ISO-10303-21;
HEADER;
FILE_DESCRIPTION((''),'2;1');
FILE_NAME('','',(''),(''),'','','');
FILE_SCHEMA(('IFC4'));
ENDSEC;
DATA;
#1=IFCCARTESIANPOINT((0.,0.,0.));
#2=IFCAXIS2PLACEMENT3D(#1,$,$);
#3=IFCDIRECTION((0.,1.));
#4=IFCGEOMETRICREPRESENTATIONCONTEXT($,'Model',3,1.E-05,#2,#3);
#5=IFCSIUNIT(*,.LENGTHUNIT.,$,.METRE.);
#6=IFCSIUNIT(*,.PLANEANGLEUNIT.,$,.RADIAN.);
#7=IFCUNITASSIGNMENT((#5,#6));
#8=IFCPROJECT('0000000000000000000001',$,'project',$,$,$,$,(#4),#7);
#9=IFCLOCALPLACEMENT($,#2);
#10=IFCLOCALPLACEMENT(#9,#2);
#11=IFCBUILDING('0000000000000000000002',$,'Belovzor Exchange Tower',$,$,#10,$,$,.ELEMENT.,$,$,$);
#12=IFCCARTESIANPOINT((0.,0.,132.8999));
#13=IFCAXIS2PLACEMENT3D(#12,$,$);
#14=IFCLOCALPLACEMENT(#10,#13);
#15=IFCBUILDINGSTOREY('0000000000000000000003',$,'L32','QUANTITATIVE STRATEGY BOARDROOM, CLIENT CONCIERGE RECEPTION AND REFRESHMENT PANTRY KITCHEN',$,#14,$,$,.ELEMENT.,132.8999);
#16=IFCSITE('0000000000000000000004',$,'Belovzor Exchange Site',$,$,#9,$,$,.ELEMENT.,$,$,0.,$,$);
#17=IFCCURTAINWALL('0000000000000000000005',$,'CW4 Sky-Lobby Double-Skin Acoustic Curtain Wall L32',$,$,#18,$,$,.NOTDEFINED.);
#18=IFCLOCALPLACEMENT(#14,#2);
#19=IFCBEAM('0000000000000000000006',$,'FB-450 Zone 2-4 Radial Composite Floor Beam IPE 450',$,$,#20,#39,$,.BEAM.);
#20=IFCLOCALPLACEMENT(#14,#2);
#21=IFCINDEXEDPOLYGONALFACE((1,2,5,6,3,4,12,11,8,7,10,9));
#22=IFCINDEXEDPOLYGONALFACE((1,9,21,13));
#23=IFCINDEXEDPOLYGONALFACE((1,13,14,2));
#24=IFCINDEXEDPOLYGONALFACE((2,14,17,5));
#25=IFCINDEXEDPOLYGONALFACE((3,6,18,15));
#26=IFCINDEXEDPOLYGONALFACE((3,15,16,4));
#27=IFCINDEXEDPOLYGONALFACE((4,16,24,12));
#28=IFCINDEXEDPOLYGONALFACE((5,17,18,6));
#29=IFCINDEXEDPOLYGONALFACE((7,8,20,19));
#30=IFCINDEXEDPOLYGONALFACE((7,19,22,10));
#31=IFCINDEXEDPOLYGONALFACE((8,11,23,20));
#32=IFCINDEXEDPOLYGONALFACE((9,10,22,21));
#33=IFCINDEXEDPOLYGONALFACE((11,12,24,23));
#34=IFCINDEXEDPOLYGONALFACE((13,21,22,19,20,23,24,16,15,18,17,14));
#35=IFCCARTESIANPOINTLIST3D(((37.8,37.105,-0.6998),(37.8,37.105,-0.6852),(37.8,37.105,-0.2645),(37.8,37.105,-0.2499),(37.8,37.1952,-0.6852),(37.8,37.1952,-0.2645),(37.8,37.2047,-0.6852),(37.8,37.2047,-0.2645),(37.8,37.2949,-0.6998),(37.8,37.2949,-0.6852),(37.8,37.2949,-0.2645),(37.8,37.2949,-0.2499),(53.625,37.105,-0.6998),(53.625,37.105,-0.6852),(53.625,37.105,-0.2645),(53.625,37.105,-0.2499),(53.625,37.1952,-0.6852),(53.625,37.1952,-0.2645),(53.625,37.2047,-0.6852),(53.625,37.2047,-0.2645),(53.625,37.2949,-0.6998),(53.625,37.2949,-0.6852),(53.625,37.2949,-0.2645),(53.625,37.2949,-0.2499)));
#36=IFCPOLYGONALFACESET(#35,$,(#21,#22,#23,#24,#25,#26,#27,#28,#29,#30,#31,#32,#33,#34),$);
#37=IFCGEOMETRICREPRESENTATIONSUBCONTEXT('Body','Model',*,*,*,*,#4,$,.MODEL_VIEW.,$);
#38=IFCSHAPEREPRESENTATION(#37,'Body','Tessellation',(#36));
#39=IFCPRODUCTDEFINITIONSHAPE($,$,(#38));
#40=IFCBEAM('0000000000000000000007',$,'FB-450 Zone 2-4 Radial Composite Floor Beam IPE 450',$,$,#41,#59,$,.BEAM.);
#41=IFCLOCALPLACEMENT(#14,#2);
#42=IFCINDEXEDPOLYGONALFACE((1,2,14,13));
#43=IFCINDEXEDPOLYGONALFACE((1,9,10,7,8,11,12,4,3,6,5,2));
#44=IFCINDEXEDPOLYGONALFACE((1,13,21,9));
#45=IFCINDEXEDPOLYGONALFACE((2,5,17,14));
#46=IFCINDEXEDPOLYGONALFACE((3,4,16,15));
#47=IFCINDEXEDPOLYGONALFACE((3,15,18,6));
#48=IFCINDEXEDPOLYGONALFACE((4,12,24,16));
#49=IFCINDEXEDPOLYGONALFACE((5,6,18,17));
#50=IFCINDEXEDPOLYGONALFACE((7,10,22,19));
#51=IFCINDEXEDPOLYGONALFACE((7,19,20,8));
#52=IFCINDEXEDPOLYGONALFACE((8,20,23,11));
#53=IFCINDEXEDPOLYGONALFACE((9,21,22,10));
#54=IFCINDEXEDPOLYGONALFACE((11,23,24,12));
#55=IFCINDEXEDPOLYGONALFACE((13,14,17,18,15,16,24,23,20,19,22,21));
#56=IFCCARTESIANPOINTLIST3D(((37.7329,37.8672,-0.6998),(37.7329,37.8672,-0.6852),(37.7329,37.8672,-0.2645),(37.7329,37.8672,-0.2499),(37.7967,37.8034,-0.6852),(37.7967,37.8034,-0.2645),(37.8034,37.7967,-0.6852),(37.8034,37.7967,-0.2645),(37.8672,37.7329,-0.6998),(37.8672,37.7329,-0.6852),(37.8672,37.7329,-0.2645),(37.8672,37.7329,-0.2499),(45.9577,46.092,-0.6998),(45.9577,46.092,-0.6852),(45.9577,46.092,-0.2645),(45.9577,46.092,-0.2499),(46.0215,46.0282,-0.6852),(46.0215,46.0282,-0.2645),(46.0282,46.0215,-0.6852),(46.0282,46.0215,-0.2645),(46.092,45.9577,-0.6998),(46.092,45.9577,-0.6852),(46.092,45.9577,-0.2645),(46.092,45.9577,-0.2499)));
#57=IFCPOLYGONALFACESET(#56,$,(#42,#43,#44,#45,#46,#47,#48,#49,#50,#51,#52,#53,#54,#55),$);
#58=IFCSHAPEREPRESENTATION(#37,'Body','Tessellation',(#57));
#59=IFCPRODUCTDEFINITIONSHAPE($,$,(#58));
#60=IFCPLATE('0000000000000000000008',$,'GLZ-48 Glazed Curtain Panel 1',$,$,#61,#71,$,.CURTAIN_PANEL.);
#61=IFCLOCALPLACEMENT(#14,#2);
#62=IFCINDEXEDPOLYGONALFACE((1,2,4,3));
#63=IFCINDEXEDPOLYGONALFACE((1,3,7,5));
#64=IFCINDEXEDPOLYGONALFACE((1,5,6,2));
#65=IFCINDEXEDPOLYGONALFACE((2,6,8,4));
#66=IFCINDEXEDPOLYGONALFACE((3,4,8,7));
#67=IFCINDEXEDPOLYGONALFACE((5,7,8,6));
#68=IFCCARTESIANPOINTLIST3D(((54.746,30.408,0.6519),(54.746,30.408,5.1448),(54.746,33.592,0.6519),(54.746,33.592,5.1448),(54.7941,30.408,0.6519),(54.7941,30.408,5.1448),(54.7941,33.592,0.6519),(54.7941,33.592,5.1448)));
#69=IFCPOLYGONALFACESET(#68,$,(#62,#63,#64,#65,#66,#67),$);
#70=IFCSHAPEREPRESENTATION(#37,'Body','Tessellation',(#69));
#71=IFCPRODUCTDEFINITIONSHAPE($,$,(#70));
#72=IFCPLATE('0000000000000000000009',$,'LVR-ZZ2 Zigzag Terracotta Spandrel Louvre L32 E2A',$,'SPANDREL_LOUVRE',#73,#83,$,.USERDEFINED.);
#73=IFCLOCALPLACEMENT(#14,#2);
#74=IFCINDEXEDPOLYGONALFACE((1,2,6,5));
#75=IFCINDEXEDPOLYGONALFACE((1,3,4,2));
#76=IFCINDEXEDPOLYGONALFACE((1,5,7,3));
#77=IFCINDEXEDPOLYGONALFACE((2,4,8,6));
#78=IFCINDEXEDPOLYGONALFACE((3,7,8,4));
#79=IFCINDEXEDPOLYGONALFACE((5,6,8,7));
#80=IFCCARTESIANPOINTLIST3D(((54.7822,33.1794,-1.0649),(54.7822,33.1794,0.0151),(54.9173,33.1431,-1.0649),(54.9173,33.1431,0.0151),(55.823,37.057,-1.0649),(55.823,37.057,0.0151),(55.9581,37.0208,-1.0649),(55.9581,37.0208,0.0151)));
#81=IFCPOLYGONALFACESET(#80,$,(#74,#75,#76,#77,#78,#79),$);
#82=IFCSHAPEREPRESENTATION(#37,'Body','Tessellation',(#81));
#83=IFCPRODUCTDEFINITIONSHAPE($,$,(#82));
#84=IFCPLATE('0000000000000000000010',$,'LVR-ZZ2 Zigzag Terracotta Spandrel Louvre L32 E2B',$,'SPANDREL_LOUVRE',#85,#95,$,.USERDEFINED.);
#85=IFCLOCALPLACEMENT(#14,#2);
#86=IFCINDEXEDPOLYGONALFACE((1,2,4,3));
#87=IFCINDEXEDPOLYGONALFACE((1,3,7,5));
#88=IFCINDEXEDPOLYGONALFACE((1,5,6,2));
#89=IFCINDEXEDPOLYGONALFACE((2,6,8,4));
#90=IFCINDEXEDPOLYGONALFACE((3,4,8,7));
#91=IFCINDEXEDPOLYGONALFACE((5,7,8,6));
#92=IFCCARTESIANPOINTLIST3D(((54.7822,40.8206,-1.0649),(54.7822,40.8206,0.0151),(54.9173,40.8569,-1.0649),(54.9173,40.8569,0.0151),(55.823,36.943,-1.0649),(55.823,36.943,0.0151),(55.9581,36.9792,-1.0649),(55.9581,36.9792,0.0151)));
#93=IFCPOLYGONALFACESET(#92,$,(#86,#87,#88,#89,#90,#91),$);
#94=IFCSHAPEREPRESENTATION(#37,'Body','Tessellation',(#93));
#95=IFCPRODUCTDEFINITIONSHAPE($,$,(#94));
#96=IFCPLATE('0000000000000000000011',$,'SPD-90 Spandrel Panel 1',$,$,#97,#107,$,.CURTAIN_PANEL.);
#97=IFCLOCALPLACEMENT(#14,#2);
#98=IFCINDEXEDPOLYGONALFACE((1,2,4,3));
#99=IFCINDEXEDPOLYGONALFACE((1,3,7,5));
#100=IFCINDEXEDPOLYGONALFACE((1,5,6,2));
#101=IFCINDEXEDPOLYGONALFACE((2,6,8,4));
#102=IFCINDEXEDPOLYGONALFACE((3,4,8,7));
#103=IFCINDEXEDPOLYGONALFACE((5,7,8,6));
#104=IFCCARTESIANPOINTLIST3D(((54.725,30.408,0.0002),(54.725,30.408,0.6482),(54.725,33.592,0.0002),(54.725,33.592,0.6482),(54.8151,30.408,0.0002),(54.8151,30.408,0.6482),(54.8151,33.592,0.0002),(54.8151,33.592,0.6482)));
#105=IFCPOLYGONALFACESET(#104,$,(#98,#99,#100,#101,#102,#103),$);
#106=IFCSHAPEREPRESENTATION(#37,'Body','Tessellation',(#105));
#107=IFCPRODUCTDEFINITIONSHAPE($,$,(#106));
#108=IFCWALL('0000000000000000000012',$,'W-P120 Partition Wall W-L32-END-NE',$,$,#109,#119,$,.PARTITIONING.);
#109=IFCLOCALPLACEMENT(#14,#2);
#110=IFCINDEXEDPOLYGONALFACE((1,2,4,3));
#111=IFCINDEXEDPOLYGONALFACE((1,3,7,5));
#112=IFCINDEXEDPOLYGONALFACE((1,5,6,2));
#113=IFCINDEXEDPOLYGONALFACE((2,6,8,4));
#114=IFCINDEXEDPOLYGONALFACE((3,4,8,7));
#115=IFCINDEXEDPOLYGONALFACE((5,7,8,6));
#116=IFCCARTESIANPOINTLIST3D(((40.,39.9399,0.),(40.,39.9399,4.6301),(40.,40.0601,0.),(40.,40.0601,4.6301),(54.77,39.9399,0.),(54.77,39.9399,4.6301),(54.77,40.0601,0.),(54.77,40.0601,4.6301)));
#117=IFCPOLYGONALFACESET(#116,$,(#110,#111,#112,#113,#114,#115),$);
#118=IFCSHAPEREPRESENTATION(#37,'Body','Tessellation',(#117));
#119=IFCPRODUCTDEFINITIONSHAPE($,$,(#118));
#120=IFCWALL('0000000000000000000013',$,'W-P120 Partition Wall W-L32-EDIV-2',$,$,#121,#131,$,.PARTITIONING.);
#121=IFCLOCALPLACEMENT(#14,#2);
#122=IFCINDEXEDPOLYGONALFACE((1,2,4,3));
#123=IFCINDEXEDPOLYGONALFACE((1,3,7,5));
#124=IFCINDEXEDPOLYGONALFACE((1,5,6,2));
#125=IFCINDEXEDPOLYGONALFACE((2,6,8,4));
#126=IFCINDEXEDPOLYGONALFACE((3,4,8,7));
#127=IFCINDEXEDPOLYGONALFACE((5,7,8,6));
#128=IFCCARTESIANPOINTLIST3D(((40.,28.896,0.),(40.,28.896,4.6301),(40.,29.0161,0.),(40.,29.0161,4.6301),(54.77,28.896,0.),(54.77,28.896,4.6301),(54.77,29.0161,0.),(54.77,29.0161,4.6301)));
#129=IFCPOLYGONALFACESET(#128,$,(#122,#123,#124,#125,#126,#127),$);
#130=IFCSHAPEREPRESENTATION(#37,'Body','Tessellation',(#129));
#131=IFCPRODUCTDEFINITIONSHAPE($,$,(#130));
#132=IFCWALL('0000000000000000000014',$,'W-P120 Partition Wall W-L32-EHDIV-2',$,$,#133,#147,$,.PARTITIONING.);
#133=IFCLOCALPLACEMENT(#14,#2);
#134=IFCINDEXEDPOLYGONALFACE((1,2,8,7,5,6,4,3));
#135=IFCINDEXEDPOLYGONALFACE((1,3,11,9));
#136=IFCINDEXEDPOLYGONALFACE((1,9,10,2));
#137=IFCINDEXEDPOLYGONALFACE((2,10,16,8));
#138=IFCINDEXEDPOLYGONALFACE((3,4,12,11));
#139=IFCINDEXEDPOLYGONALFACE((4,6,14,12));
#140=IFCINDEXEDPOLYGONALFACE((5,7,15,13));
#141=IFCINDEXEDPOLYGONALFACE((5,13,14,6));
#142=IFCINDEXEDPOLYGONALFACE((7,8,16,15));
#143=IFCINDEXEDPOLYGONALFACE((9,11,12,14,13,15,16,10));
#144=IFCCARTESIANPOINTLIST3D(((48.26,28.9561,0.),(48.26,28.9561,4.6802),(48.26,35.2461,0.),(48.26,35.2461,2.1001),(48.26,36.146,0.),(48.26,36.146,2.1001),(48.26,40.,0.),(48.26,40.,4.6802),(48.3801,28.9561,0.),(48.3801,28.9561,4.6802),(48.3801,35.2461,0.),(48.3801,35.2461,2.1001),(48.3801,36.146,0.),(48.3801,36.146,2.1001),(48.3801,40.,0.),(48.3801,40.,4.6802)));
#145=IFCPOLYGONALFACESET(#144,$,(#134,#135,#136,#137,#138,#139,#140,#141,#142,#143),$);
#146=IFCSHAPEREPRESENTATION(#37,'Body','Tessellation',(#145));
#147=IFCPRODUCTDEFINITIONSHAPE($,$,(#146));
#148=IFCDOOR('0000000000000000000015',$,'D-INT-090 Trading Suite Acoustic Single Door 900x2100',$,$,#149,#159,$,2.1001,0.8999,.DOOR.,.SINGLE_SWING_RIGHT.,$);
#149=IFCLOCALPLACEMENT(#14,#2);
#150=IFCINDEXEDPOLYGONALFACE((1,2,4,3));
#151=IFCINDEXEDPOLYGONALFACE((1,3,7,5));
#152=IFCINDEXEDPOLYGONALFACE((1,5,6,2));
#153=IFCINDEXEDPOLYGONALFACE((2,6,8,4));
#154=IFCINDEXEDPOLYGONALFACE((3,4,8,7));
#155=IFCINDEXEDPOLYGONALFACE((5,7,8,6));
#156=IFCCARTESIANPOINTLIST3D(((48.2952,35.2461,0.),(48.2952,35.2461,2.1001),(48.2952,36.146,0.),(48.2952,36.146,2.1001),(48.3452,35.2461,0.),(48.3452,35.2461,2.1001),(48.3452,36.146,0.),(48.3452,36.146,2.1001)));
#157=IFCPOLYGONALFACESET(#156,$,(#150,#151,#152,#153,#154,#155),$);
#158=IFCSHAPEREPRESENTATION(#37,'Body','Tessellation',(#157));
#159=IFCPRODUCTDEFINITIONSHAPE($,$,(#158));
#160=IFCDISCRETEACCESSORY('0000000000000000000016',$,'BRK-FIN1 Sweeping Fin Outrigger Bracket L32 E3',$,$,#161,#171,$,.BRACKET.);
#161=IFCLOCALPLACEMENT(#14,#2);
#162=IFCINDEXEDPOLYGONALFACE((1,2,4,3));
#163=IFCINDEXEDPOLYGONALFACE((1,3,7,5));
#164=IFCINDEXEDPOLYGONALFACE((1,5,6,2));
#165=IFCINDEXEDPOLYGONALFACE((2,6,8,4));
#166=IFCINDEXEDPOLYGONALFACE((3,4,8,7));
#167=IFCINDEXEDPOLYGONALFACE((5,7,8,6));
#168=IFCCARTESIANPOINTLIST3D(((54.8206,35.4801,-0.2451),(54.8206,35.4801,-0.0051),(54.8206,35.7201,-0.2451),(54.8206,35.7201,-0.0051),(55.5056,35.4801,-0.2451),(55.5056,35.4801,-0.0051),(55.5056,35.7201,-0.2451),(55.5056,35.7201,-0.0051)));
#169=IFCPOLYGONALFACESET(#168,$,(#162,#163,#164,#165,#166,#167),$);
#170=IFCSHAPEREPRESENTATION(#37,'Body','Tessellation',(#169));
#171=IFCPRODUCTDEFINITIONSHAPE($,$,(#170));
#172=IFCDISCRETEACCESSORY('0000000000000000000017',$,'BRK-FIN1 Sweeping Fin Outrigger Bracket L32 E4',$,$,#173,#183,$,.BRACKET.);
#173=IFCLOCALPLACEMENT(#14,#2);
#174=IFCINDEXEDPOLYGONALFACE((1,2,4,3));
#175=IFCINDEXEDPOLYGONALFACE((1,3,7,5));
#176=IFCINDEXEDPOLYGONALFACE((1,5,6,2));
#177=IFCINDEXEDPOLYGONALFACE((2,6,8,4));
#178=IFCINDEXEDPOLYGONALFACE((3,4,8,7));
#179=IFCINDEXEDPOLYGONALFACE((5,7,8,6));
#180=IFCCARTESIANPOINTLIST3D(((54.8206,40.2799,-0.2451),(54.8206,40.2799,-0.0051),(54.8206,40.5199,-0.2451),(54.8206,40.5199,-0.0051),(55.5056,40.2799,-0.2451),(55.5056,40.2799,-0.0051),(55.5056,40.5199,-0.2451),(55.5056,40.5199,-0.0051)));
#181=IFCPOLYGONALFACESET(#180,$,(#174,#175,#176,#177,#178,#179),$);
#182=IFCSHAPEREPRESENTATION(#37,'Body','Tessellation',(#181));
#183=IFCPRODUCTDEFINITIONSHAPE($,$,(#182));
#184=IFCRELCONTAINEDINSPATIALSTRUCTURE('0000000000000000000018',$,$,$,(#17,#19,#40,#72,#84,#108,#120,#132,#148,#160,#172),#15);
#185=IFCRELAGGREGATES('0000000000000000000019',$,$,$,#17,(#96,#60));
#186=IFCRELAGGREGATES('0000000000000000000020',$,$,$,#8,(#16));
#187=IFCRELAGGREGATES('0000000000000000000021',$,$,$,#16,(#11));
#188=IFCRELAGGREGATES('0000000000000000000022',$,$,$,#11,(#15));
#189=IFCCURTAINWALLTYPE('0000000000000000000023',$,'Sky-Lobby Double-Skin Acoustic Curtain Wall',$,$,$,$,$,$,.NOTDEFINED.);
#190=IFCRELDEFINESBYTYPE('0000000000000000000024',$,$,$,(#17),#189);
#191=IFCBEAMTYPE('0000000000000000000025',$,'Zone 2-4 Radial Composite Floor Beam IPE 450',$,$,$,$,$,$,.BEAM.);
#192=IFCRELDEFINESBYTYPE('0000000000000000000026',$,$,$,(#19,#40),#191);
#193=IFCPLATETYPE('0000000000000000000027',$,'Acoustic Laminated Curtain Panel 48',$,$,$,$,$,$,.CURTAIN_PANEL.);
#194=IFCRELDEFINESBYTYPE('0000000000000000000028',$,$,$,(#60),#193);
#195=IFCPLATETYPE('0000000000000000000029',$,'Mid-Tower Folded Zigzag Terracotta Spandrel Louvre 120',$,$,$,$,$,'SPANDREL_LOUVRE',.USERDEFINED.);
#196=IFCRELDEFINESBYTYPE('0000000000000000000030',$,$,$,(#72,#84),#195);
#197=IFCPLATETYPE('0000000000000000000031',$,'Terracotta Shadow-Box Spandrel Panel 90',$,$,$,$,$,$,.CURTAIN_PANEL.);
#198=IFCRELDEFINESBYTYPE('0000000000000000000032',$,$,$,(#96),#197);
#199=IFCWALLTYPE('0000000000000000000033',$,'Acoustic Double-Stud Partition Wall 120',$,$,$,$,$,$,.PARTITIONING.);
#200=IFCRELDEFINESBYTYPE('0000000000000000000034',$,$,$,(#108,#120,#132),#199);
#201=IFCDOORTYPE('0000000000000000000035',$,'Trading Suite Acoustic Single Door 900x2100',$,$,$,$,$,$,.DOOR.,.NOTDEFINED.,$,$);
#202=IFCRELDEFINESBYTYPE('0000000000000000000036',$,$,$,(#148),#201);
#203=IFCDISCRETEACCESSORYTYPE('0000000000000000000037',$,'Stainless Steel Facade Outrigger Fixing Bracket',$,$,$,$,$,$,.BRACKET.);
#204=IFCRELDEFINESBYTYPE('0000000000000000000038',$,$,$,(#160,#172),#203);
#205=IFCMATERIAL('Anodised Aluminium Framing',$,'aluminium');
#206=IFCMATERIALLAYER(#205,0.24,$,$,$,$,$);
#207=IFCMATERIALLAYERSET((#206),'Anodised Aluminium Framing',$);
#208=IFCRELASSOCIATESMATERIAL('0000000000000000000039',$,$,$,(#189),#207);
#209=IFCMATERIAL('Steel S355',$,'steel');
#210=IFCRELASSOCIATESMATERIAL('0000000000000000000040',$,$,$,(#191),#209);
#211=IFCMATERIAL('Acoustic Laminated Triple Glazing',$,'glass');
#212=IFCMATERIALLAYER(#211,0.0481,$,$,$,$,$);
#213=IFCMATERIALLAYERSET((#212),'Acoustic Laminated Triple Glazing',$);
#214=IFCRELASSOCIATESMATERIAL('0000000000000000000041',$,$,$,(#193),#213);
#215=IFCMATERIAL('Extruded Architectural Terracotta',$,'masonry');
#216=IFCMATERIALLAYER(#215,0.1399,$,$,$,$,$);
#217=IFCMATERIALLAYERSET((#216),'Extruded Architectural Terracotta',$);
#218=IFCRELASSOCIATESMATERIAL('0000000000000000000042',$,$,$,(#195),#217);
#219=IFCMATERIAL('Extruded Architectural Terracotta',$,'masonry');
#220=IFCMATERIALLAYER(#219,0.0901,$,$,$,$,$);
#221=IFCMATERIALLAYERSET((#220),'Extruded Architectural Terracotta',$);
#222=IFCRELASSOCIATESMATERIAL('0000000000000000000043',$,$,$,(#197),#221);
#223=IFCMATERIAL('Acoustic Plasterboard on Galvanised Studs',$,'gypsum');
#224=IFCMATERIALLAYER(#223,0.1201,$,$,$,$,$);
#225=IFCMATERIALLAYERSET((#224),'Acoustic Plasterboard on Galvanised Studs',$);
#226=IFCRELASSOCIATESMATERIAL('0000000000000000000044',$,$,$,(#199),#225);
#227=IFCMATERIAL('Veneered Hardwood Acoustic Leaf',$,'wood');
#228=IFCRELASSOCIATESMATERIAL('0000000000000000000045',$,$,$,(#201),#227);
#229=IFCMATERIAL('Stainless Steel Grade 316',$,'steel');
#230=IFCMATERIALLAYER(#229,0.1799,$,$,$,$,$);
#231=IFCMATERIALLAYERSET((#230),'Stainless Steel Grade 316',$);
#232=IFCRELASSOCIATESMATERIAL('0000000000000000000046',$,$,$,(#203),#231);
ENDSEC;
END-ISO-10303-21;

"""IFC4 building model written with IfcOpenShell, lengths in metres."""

from ifc_helpers import new_model, si_unit, direction, frame, frame_2d, origin, origin_2d, place, context, subcontext, project, spatial, rectangle, i_section, extrude, material, layer, layer_set, material_profile, profile_set, type_object, element, fill, aggregate, save


model = new_model("IFC4")

# Units and contexts
model_context = context("Model", 3, precision=1e-05, world=origin(), true_north=direction((0.0, 1.0)))
body_context = subcontext(model_context, "Body", "Model", "MODEL_VIEW")
ifc_project = project(units=[si_unit("LENGTHUNIT", "METRE"), si_unit("PLANEANGLEUNIT", "RADIAN")], contexts=[model_context])

# Site, building, storey
site_placement = place(None, origin())
site = spatial("IfcSite", under=ifc_project, at=site_placement, Name="Belovzor Exchange Site", CompositionType="ELEMENT", RefElevation=0.0)
building_placement = place(site_placement, origin())
building = spatial("IfcBuilding", under=site, at=building_placement, Name="Belovzor Exchange Tower", CompositionType="ELEMENT")
storey_placement = place(building_placement, frame((0.0, 0.0, 132.8999)))
storey = spatial("IfcBuildingStorey", under=building, at=storey_placement, Name="L32", Description="QUANTITATIVE STRATEGY BOARDROOM, CLIENT CONCIERGE RECEPTION AND REFRESHMENT PANTRY KITCHEN", CompositionType="ELEMENT", Elevation=132.8999)

# Curtain wall
ifc_material_1 = material(Name="Anodised Aluminium Framing", Category="aluminium")
ifc_layer_1 = layer(ifc_material_1, 0.24)
ifc_layer_set_1 = layer_set([ifc_layer_1], Name="Anodised Aluminium Framing")
curtain_wall_type = type_object("IfcCurtainWallType", Name="Sky-Lobby Double-Skin Acoustic Curtain Wall", PredefinedType="NOTDEFINED", material=ifc_layer_set_1)
curtain_wall_placement = place(storey_placement, origin())
curtain_wall = element("IfcCurtainWall", 1, at=curtain_wall_placement, inside=storey, type_object=curtain_wall_type, Name="CW4 Sky-Lobby Double-Skin Acoustic Curtain Wall L32", PredefinedType="NOTDEFINED")

# Beams
ifc_material_2 = material(Name="Steel S355", Category="steel")
ifc_material_profile_1 = material_profile(ifc_material_2, i_section(OverallWidth=0.1899, OverallDepth=0.45, WebThickness=0.0095, FlangeThickness=0.0146, at=origin_2d()))
ifc_profile_set_1 = profile_set([ifc_material_profile_1], Name="Steel S355")
beam_type_1 = type_object("IfcBeamType", Name="Zone 2-4 Radial Composite Floor Beam IPE 450", PredefinedType="BEAM", material=ifc_profile_set_1)
beam_1_placement = place(storey_placement, frame((37.8, 37.2, -0.4749), z_axis=(1.0, 0.0, 0.0), x_axis=(0.0, 1.0, 0.0)))
element("IfcBeam", 2, at=beam_1_placement, inside=storey, type_object=beam_type_1, Name="FB-450 Zone 2-4 Radial Composite Floor Beam IPE 450", PredefinedType="BEAM", context=body_context, shape_type="SweptSolid", body=[
    extrude(i_section(OverallWidth=0.1899, OverallDepth=0.45, WebThickness=0.0095, FlangeThickness=0.0146, at=origin_2d()), origin(), (0.0, 0.0, 1.0), 15.825),
])
beam_2_placement = place(storey_placement, frame((37.8, 37.8, -0.4749), z_axis=(0.707107, 0.707107, 0.0), x_axis=(-0.707107, 0.707107, 0.0)))
element("IfcBeam", 3, at=beam_2_placement, inside=storey, type_object=beam_type_1, Name="FB-450 Zone 2-4 Radial Composite Floor Beam IPE 450", PredefinedType="BEAM", context=body_context, shape_type="SweptSolid", body=[
    extrude(i_section(OverallWidth=0.1899, OverallDepth=0.45, WebThickness=0.0095, FlangeThickness=0.0146, at=origin_2d()), origin(), (0.0, 0.0, 1.0), 11.6316),
])

# Plate
ifc_material_3 = material(Name="Acoustic Laminated Triple Glazing", Category="glass")
ifc_layer_2 = layer(ifc_material_3, 0.0481)
ifc_layer_set_2 = layer_set([ifc_layer_2], Name="Acoustic Laminated Triple Glazing")
plate_type_1 = type_object("IfcPlateType", Name="Acoustic Laminated Curtain Panel 48", PredefinedType="CURTAIN_PANEL", material=ifc_layer_set_2)
plate_1_placement = place(storey_placement, frame((54.77, 32.0, 0.6519), z_axis=(0.0, 0.0, 1.0), x_axis=(0.0, -1.0, 0.0)))
plate_1 = element("IfcPlate", 4, at=plate_1_placement, type_object=plate_type_1, Name="GLZ-48 Glazed Curtain Panel 1", PredefinedType="CURTAIN_PANEL", context=body_context, shape_type="SweptSolid", body=[
    extrude(rectangle(XDim=3.1841, YDim=0.0481, at=origin_2d()), origin(), (0.0, 0.0, 1.0), 4.4929),
])

# Plates
ifc_material_4 = material(Name="Extruded Architectural Terracotta", Category="masonry")
ifc_layer_3 = layer(ifc_material_4, 0.1399)
ifc_layer_set_3 = layer_set([ifc_layer_3], Name="Extruded Architectural Terracotta")
plate_type_2 = type_object("IfcPlateType", Name="Mid-Tower Folded Zigzag Terracotta Spandrel Louvre 120", ElementType="SPANDREL_LOUVRE", PredefinedType="USERDEFINED", material=ifc_layer_set_3)
for number, where, z_axis, x_axis, name in (
    (5, (55.3701, 35.1001, -1.0649), (0.0, 0.0, 1.0), (0.25924, 0.965813, 0.0), "LVR-ZZ2 Zigzag Terracotta Spandrel Louvre L32 E2A"),
    (6, (55.3701, 38.8999, -1.0649), (0.0, 0.0, 1.0), (-0.25924, 0.965813, 0.0), "LVR-ZZ2 Zigzag Terracotta Spandrel Louvre L32 E2B"),
):
    element("IfcPlate", number, at=place(storey_placement, frame(where, z_axis=z_axis, x_axis=x_axis)), inside=storey, type_object=plate_type_2, Name=name, ObjectType="SPANDREL_LOUVRE", PredefinedType="USERDEFINED", context=body_context, shape_type="SweptSolid", body=[
        extrude(rectangle(XDim=4.0149, YDim=0.1399, at=origin_2d()), origin(), (0.0, 0.0, 1.0), 1.0801),
    ])

# Plate
ifc_material_5 = material(Name="Extruded Architectural Terracotta", Category="masonry")
ifc_layer_4 = layer(ifc_material_5, 0.0901)
ifc_layer_set_4 = layer_set([ifc_layer_4], Name="Extruded Architectural Terracotta")
plate_type_3 = type_object("IfcPlateType", Name="Terracotta Shadow-Box Spandrel Panel 90", PredefinedType="CURTAIN_PANEL", material=ifc_layer_set_4)
plate_2_placement = place(storey_placement, frame((54.77, 32.0, 0.0002), z_axis=(0.0, 0.0, 1.0), x_axis=(0.0, -1.0, 0.0)))
plate_2 = element("IfcPlate", 7, at=plate_2_placement, type_object=plate_type_3, Name="SPD-90 Spandrel Panel 1", PredefinedType="CURTAIN_PANEL", context=body_context, shape_type="SweptSolid", body=[
    extrude(rectangle(XDim=3.1841, YDim=0.0901, at=origin_2d()), origin(), (0.0, 0.0, 1.0), 0.6479),
])
aggregate(curtain_wall, [plate_2, plate_1])

# Walls
ifc_material_6 = material(Name="Acoustic Plasterboard on Galvanised Studs", Category="gypsum")
ifc_layer_5 = layer(ifc_material_6, 0.1201)
ifc_layer_set_5 = layer_set([ifc_layer_5], Name="Acoustic Plasterboard on Galvanised Studs")
wall_type = type_object("IfcWallType", Name="Acoustic Double-Stud Partition Wall 120", PredefinedType="PARTITIONING", material=ifc_layer_set_5)
for number, where, z_axis, x_axis, name in (
    (8, (40.0, 40.0, 0.0), (0.0, 0.0, 1.0), (1.0, 0.0, 0.0), "W-P120 Partition Wall W-L32-END-NE"),
    (9, (40.0, 28.9561, 0.0), (0.0, 0.0, 1.0), (1.0, 0.0, 0.0), "W-P120 Partition Wall W-L32-EDIV-2"),
):
    element("IfcWall", number, at=place(storey_placement, frame(where, z_axis=z_axis, x_axis=x_axis)), inside=storey, type_object=wall_type, Name=name, PredefinedType="PARTITIONING", context=body_context, shape_type="SweptSolid", body=[
        extrude(rectangle(XDim=14.77, YDim=0.1201, at=frame_2d((7.385, 0.0))), origin(), (0.0, 0.0, 1.0), 4.6301),
    ])

# Wall, opening, door
wall_placement = place(storey_placement, frame((48.3201, 28.9561, 0.0), z_axis=(0.0, 0.0, 1.0), x_axis=(0.0, 1.0, 0.0)))
wall = element("IfcWall", 10, at=wall_placement, inside=storey, type_object=wall_type, Name="W-P120 Partition Wall W-L32-EHDIV-2", PredefinedType="PARTITIONING", context=body_context, shape_type="SweptSolid", body=[
    extrude(rectangle(XDim=11.0439, YDim=0.1201, at=frame_2d((5.522, 0.0))), origin(), (0.0, 0.0, 1.0), 4.6802),
])
opening_placement = place(wall_placement, frame((6.29, 0.0, 0.0)))
opening = element("IfcOpeningElement", 11, at=opening_placement, cuts=wall, PredefinedType="OPENING", context=body_context, shape_type="SweptSolid", body=[
    extrude(rectangle(XDim=0.8999, YDim=2.1001, at=frame_2d((0.45, 1.05))), frame((0.0, 0.0701, 0.0), z_axis=(0.0, -1.0, 0.0), x_axis=(1.0, 0.0, 0.0)), (0.0, 0.0, 1.0), 0.1401),
])
ifc_material_7 = material(Name="Veneered Hardwood Acoustic Leaf", Category="wood")
door_type = type_object("IfcDoorType", Name="Trading Suite Acoustic Single Door 900x2100", OperationType="NOTDEFINED", PredefinedType="DOOR", material=ifc_material_7)
door_placement = place(opening_placement, origin())
door = element("IfcDoor", 12, at=door_placement, inside=storey, type_object=door_type, Name="D-INT-090 Trading Suite Acoustic Single Door 900x2100", OperationType="SINGLE_SWING_RIGHT", OverallHeight=2.1001, OverallWidth=0.8999, PredefinedType="DOOR", context=body_context, shape_type="SweptSolid", body=[
    extrude(rectangle(XDim=0.8999, YDim=2.1001, at=frame_2d((0.45, 1.05))), frame((0.0, 0.0249, 0.0), z_axis=(0.0, -1.0, 0.0), x_axis=(1.0, 0.0, 0.0)), (0.0, 0.0, 1.0), 0.05),
])
fill(opening, door)

# Discrete accessories
ifc_material_8 = material(Name="Stainless Steel Grade 316", Category="steel")
ifc_layer_6 = layer(ifc_material_8, 0.1799)
ifc_layer_set_6 = layer_set([ifc_layer_6], Name="Stainless Steel Grade 316")
discrete_accessory_type = type_object("IfcDiscreteAccessoryType", Name="Stainless Steel Facade Outrigger Fixing Bracket", PredefinedType="BRACKET", material=ifc_layer_set_6)
for number, where, z_axis, x_axis, name in (
    (13, (55.1631, 35.6001, -0.2451), (0.0, 0.0, 1.0), (1.0, 0.0, 0.0), "BRK-FIN1 Sweeping Fin Outrigger Bracket L32 E3"),
    (14, (55.1631, 40.3999, -0.2451), (0.0, 0.0, 1.0), (1.0, 0.0, 0.0), "BRK-FIN1 Sweeping Fin Outrigger Bracket L32 E4"),
):
    element("IfcDiscreteAccessory", number, at=place(storey_placement, frame(where, z_axis=z_axis, x_axis=x_axis)), inside=storey, type_object=discrete_accessory_type, Name=name, PredefinedType="BRACKET", context=body_context, shape_type="SweptSolid", body=[
        extrude(rectangle(XDim=0.6851, YDim=0.24, at=origin_2d()), origin(), (0.0, 0.0, 1.0), 0.24),
    ])

save(model, "model.ifc")
